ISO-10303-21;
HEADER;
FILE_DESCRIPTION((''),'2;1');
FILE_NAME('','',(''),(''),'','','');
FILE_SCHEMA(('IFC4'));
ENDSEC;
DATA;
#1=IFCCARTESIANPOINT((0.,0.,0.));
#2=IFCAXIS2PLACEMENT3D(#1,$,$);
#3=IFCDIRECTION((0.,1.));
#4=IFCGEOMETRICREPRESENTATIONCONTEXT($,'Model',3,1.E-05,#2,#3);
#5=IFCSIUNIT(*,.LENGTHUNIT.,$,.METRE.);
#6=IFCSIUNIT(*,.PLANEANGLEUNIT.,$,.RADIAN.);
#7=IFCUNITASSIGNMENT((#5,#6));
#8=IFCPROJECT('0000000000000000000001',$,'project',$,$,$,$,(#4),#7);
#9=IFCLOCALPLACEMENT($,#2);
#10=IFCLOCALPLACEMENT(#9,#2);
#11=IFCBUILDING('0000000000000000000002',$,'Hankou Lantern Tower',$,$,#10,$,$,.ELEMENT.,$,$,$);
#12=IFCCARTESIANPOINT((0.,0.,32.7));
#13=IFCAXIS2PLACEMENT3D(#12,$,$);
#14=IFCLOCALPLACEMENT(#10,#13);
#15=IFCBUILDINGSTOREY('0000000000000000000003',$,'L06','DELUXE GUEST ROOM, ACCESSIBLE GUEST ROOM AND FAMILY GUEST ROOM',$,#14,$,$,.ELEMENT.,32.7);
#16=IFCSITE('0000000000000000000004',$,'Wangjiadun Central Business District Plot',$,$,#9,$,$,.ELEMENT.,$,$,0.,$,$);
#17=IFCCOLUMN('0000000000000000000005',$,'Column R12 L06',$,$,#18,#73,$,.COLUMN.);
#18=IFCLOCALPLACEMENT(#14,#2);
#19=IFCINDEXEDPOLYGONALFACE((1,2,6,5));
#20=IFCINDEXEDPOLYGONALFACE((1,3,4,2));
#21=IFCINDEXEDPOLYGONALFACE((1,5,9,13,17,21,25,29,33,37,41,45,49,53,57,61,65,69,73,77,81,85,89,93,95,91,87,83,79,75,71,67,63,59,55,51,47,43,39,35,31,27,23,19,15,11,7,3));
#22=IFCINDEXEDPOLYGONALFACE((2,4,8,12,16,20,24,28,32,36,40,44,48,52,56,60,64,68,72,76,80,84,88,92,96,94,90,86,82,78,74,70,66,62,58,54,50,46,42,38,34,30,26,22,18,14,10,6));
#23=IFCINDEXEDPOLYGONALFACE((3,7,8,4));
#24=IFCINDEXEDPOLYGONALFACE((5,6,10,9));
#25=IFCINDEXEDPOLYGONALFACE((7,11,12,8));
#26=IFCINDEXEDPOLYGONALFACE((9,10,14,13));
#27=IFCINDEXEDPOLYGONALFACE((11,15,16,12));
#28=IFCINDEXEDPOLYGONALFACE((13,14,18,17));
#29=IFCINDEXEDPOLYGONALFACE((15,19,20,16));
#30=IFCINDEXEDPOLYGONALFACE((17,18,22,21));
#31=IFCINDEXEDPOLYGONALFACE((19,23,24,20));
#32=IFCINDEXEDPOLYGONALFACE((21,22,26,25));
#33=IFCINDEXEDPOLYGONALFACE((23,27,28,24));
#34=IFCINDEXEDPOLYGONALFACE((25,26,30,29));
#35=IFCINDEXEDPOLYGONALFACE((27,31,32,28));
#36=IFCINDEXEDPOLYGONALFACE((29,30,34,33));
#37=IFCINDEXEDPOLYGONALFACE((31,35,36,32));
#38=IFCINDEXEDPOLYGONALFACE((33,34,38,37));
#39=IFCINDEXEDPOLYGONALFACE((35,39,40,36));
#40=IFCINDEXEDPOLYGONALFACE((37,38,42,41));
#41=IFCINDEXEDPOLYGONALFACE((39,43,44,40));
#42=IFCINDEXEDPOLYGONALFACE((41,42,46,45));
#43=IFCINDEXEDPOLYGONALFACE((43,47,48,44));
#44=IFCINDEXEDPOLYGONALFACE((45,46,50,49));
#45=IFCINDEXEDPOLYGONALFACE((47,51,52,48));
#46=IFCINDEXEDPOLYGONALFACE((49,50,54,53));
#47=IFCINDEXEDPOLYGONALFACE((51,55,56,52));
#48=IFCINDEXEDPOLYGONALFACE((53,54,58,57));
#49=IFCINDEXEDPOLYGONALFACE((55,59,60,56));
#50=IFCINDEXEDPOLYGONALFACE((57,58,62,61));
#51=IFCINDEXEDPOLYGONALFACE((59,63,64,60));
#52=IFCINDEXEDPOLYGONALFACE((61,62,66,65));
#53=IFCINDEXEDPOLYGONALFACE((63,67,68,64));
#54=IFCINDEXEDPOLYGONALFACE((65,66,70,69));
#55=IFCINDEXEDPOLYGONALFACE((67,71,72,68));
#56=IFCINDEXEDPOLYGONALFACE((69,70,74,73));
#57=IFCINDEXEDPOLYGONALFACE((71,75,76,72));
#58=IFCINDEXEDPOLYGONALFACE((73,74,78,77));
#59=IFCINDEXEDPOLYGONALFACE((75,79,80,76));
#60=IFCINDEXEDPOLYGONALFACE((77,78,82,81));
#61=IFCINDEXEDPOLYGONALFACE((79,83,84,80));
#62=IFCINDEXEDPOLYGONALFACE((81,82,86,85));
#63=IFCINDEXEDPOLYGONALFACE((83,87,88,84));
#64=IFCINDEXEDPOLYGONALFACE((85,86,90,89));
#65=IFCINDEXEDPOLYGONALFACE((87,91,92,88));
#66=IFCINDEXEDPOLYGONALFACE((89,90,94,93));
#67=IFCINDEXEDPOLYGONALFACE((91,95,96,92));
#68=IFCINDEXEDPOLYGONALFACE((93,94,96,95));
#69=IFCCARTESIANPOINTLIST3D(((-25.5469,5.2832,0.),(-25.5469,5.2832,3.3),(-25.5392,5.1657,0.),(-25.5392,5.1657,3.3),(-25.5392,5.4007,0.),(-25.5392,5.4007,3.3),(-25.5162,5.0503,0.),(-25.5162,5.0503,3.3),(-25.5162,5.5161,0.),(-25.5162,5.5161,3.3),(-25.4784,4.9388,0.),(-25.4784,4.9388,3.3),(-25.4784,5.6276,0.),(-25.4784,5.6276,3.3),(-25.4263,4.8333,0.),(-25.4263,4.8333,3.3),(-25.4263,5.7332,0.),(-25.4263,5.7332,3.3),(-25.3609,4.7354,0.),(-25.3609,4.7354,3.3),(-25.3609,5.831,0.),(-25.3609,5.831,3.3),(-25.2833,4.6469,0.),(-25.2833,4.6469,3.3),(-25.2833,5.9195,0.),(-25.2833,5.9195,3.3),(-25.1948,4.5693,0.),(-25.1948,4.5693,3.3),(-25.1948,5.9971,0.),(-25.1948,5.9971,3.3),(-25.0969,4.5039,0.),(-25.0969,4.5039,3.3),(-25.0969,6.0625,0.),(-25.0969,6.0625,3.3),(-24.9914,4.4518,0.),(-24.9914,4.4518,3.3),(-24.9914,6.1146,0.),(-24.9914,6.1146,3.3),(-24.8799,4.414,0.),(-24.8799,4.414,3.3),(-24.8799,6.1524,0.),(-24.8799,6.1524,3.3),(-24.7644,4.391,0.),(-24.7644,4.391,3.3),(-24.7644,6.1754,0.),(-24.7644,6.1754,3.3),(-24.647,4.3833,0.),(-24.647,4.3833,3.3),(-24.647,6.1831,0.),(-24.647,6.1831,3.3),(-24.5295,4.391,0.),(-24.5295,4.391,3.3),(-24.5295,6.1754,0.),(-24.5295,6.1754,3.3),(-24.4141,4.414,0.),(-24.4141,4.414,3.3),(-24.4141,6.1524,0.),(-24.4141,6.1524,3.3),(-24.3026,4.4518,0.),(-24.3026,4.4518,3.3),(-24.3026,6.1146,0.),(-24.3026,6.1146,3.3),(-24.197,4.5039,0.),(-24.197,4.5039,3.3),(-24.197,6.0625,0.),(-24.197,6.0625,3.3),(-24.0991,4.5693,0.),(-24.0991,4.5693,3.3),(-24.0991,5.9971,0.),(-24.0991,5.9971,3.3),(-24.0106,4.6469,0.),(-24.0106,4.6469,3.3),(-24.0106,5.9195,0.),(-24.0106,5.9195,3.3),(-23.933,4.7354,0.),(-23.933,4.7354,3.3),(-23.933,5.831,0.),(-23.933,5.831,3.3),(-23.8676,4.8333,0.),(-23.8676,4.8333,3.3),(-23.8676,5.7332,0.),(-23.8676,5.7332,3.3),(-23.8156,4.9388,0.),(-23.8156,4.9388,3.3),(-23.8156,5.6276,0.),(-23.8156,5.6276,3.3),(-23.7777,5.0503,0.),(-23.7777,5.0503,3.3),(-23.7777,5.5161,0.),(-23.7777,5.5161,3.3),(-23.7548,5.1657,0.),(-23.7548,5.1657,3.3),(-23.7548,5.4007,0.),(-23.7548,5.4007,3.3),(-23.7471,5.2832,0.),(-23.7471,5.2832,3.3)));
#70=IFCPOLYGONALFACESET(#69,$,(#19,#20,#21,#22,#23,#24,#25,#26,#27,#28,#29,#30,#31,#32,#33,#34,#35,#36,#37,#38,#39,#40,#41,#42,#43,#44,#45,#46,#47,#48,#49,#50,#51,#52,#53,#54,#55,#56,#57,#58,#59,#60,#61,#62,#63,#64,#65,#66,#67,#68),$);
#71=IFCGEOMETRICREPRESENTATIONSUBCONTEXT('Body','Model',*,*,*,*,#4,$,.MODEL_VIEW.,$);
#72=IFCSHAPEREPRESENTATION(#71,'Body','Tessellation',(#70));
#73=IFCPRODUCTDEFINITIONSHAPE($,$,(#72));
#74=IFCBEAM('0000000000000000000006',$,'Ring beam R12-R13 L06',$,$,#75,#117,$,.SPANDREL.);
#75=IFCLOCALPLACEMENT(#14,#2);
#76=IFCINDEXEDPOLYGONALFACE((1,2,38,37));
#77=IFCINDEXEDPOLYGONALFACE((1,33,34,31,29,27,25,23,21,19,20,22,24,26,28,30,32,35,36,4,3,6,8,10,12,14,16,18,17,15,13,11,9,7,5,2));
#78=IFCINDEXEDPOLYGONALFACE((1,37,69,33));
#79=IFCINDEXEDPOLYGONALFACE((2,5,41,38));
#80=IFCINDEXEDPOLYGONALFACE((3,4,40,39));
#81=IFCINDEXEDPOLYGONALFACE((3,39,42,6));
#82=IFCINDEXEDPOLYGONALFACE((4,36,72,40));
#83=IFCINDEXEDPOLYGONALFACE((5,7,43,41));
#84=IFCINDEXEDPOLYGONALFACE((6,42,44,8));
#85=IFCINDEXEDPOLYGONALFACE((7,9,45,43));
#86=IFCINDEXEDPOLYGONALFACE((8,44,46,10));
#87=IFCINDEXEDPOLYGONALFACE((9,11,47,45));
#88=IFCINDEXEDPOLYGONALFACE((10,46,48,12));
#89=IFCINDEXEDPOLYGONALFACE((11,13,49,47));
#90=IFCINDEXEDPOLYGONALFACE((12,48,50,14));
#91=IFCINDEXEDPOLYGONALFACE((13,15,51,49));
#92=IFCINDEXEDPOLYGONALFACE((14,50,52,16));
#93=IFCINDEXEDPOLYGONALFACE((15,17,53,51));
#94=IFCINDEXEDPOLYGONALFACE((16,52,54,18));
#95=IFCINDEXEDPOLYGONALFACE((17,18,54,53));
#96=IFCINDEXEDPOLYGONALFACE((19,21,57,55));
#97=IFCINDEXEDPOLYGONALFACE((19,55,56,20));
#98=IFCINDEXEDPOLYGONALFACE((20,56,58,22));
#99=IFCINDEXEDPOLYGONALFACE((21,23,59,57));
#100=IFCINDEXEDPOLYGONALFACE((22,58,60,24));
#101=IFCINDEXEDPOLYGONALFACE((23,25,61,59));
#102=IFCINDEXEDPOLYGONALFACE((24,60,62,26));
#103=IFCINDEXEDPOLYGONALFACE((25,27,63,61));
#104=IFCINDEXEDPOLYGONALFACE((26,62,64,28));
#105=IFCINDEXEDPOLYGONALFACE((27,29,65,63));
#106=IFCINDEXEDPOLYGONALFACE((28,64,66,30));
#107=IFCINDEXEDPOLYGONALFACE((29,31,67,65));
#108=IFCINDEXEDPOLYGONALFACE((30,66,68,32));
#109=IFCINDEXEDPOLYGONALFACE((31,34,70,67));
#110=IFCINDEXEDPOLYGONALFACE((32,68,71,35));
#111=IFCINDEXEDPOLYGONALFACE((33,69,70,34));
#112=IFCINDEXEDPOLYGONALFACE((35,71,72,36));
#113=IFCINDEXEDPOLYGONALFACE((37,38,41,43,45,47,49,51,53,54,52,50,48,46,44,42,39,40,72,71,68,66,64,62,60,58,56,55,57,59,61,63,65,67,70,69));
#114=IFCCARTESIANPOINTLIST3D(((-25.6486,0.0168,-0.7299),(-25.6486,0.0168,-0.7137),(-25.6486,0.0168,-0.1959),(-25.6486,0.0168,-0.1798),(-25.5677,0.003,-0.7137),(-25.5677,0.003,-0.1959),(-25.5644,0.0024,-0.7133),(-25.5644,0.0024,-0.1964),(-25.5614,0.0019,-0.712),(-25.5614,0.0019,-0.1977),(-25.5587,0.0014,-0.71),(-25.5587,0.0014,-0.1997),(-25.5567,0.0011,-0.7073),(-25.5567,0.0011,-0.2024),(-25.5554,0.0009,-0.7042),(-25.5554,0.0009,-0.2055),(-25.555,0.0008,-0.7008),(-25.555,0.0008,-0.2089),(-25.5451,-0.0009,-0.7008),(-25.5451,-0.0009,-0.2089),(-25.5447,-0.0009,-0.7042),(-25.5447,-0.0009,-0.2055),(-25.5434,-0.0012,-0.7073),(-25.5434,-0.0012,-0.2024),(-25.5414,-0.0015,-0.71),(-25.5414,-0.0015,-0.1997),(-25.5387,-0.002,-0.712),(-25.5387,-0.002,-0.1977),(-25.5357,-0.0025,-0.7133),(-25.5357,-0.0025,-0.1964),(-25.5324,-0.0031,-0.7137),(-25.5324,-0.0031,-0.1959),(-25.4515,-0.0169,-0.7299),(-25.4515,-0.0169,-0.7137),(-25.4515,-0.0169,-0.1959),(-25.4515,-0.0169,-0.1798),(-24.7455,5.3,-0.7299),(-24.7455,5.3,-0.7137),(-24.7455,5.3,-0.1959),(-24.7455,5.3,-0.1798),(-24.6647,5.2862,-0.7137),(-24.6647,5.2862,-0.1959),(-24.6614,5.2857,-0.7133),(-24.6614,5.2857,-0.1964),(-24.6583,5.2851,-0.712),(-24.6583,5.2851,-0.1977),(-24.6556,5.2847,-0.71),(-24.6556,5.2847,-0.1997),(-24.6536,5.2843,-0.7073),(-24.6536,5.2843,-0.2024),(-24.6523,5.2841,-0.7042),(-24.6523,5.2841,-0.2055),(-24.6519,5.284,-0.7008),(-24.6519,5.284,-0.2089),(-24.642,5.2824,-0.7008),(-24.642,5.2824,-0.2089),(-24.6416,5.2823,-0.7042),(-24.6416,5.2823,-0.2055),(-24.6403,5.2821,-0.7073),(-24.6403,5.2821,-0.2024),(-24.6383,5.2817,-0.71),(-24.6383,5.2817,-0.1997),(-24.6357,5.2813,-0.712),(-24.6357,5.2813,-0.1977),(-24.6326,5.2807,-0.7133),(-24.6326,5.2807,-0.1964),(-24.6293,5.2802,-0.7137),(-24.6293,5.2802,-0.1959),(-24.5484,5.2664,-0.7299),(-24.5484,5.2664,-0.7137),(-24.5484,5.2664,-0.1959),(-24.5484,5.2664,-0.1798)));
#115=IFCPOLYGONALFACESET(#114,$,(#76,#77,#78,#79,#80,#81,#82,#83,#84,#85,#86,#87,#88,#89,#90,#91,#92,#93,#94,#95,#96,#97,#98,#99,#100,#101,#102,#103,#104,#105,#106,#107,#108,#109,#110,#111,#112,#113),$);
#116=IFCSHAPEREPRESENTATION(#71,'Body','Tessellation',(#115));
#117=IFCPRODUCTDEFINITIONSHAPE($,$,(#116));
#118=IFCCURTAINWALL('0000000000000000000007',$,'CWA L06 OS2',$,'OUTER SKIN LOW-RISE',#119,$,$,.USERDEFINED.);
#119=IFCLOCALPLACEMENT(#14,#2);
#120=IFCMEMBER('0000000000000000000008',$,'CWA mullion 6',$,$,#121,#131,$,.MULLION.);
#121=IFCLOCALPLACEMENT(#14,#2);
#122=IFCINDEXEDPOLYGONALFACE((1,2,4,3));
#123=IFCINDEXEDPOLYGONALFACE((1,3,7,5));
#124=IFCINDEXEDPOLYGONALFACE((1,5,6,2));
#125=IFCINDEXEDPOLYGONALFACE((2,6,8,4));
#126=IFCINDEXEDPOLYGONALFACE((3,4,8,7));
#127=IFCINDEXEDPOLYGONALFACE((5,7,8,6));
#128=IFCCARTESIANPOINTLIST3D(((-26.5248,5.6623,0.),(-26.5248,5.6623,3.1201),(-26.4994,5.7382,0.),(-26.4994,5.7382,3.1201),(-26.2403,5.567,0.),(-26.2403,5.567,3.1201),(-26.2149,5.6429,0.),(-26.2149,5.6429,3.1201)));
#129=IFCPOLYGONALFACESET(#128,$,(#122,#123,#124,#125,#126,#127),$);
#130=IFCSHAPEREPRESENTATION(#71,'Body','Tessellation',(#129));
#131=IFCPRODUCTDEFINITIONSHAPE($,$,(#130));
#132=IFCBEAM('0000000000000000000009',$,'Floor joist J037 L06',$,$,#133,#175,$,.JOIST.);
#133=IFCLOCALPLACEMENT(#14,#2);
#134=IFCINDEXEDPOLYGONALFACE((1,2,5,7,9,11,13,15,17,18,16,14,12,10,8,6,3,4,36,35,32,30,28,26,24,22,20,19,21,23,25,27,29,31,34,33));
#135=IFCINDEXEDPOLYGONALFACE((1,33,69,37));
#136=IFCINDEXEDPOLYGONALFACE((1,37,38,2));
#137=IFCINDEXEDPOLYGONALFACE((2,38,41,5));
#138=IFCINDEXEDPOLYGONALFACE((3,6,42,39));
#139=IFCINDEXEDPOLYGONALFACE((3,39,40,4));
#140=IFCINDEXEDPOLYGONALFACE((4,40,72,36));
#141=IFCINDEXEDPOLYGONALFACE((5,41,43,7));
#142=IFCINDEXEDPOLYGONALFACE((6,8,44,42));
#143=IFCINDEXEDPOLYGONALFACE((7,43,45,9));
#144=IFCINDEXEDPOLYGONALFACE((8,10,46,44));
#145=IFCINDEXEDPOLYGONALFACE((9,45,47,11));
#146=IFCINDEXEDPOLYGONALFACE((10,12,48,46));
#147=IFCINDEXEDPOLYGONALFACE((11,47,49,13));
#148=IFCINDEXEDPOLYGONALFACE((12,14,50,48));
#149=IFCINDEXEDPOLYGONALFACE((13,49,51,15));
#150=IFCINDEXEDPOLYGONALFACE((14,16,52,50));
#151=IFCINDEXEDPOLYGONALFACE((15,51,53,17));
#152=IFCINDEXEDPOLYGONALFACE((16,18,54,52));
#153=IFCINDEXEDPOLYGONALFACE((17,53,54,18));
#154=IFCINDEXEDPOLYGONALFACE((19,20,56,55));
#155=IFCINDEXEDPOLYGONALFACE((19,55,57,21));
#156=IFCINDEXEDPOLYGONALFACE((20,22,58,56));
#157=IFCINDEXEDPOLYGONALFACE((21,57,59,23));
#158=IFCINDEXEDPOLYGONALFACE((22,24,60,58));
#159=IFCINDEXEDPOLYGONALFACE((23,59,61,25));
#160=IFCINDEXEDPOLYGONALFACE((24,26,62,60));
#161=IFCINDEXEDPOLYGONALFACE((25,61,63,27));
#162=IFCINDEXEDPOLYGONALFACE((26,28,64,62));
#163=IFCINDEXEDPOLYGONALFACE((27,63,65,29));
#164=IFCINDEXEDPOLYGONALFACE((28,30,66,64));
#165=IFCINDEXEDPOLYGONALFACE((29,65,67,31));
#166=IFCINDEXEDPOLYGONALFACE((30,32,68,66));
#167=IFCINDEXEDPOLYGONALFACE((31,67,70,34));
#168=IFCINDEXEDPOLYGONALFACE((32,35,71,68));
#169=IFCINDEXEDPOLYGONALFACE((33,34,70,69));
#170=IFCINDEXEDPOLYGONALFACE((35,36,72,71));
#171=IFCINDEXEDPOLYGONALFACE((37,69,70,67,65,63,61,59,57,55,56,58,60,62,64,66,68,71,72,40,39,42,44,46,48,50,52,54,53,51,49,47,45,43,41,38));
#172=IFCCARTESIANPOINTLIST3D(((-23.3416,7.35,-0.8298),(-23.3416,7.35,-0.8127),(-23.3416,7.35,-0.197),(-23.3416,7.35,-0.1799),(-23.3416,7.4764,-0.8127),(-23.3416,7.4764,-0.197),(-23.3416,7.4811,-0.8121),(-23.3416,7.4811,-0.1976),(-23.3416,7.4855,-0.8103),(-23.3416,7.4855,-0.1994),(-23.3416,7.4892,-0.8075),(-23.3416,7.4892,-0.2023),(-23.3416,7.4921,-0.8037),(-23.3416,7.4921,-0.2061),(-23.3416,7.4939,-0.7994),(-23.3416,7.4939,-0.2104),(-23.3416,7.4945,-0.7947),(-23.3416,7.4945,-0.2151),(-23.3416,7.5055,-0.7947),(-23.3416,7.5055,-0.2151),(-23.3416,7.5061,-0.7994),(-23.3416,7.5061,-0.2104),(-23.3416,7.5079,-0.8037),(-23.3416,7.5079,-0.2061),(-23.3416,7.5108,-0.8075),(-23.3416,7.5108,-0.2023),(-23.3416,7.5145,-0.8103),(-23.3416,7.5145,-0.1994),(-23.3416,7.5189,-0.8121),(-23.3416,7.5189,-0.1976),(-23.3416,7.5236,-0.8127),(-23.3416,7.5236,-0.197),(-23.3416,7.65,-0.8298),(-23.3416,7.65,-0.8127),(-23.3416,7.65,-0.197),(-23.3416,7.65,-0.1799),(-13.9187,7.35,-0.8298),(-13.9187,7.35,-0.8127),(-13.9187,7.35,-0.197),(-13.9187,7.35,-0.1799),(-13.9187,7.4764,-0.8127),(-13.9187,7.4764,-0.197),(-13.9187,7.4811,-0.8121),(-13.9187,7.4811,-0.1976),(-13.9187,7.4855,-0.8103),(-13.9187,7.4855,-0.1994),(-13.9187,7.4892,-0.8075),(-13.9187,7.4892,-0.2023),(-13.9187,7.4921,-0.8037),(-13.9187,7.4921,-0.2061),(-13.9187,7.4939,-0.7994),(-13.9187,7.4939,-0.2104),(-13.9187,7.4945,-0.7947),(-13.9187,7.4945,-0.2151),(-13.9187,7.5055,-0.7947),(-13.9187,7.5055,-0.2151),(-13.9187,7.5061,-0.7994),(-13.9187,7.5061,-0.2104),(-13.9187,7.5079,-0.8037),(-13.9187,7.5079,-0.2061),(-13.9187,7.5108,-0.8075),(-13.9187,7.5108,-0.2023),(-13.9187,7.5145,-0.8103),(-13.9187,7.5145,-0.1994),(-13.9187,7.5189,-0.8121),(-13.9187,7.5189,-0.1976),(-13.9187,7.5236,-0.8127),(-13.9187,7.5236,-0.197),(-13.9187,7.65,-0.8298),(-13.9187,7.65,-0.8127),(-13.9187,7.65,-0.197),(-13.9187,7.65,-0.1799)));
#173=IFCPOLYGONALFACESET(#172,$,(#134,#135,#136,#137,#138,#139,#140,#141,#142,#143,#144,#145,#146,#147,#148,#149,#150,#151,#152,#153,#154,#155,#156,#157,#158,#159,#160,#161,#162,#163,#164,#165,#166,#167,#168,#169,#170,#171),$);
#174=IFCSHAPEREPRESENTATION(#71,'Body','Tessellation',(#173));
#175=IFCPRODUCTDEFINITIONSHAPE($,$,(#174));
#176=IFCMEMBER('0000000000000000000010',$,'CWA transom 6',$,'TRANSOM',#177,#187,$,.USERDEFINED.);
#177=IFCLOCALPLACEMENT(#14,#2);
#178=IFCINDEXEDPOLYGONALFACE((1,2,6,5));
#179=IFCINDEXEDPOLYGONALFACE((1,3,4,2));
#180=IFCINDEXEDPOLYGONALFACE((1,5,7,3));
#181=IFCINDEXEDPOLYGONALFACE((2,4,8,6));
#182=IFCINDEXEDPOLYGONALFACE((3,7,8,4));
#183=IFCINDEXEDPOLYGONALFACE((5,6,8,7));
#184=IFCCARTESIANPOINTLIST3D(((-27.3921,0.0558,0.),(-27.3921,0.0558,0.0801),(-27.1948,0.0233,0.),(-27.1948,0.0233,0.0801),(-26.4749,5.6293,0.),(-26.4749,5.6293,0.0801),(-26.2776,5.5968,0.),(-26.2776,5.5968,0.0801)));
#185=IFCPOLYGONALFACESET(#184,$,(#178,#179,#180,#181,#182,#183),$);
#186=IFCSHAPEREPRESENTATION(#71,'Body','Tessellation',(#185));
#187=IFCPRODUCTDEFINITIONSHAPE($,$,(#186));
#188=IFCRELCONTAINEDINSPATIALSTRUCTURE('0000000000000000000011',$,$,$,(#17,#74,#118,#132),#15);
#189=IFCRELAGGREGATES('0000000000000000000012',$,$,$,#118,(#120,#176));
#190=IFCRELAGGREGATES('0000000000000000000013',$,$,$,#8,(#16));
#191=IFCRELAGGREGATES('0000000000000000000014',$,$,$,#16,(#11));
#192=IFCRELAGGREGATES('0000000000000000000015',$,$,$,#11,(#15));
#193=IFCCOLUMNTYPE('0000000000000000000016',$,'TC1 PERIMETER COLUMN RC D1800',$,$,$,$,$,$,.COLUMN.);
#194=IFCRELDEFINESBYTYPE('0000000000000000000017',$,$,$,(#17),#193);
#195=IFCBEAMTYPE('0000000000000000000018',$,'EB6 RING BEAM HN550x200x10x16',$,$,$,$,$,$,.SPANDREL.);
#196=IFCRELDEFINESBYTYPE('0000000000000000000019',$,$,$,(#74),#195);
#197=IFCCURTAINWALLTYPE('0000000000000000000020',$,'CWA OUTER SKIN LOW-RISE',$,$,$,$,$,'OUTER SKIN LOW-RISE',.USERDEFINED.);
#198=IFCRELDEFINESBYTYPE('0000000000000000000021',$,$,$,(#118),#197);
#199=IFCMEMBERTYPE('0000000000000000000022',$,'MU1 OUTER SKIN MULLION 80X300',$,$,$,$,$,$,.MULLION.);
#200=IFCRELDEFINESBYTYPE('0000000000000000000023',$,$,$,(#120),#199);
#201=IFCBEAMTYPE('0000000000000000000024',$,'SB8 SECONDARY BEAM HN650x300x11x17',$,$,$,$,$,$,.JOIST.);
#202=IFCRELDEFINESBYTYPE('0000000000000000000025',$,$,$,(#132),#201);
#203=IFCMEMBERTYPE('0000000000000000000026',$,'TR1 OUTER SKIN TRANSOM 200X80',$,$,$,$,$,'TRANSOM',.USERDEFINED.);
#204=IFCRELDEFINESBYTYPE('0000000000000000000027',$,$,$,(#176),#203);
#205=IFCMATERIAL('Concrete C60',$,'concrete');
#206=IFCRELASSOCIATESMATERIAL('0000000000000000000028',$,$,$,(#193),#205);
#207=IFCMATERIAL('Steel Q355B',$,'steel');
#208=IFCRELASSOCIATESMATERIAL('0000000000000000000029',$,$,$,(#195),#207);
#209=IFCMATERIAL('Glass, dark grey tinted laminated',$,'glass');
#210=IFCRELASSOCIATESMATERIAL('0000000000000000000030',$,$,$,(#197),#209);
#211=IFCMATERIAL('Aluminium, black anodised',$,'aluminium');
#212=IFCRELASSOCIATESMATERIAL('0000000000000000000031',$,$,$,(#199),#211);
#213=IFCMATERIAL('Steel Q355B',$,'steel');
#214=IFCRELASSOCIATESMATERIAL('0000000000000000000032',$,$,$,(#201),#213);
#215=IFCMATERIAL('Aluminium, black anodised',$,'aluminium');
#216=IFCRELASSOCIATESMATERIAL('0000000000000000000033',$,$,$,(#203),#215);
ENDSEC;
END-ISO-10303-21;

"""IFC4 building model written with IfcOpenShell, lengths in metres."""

from ifc_helpers import new_model, si_unit, direction, frame, origin, origin_2d, place, context, subcontext, project, spatial, rectangle, circle, i_section, extrude, material, material_profile, profile_set, type_object, element, aggregate, save


model = new_model("IFC4")

# Units and contexts
model_context = context("Model", 3, precision=1e-05, world=origin(), true_north=direction((0.0, 1.0)))
body_context = subcontext(model_context, "Body", "Model", "MODEL_VIEW")
ifc_project = project(units=[si_unit("LENGTHUNIT", "METRE"), si_unit("PLANEANGLEUNIT", "RADIAN")], contexts=[model_context])

# Site, building, storey
site_placement = place(None, origin())
site = spatial("IfcSite", under=ifc_project, at=site_placement, Name="Wangjiadun Central Business District Plot", CompositionType="ELEMENT", RefElevation=0.0)
building_placement = place(site_placement, origin())
building = spatial("IfcBuilding", under=site, at=building_placement, Name="Hankou Lantern Tower", CompositionType="ELEMENT")
storey_placement = place(building_placement, frame((0.0, 0.0, 32.7)))
storey = spatial("IfcBuildingStorey", under=building, at=storey_placement, Name="L06", Description="DELUXE GUEST ROOM, ACCESSIBLE GUEST ROOM AND FAMILY GUEST ROOM", CompositionType="ELEMENT", Elevation=32.7)

# Column
ifc_material_1 = material(Name="Concrete C60", Category="concrete")
ifc_material_profile_1 = material_profile(ifc_material_1, circle(Radius=0.8999, at=origin_2d()), Name="RC D1800")
ifc_profile_set_1 = profile_set([ifc_material_profile_1], Name="Concrete C60")
column_type = type_object("IfcColumnType", Name="TC1 PERIMETER COLUMN RC D1800", PredefinedType="COLUMN", material=ifc_profile_set_1)
column_placement = place(storey_placement, frame((-24.647, 5.2832, 0.0), z_axis=(0.0, 0.0, 1.0), x_axis=(1.0, 0.0, 0.0)))
element("IfcColumn", 1, at=column_placement, inside=storey, type_object=column_type, Name="Column R12 L06", PredefinedType="COLUMN", context=body_context, shape_type="SweptSolid", body=[
    extrude(circle(Radius=0.8999, at=origin_2d()), origin(), (0.0, 0.0, 1.0), 3.3),
])

# Beam
ifc_material_2 = material(Name="Steel Q355B", Category="steel")
ifc_material_profile_2 = material_profile(ifc_material_2, i_section(OverallWidth=0.2, OverallDepth=0.55, WebThickness=0.01, FlangeThickness=0.0161, FilletRadius=0.0129, at=origin_2d()), Name="HN550x200x10x16")
ifc_profile_set_2 = profile_set([ifc_material_profile_2], Name="Steel Q355B")
beam_type_1 = type_object("IfcBeamType", Name="EB6 RING BEAM HN550x200x10x16", PredefinedType="SPANDREL", material=ifc_profile_set_2)
beam_1_placement = place(storey_placement, frame((-24.647, 5.2832, -0.4548), z_axis=(-0.16849, -0.985703, 0.0), x_axis=(0.985703, -0.16849, 0.0)))
element("IfcBeam", 2, at=beam_1_placement, inside=storey, type_object=beam_type_1, Name="Ring beam R12-R13 L06", PredefinedType="SPANDREL", context=body_context, shape_type="SweptSolid", body=[
    extrude(i_section(OverallWidth=0.2, OverallDepth=0.55, WebThickness=0.01, FlangeThickness=0.0161, FilletRadius=0.0129, at=origin_2d()), origin(), (0.0, 0.0, 1.0), 5.3599),
])

# Curtain wall, member
ifc_material_3 = material(Name="Glass, dark grey tinted laminated", Category="glass")
curtain_wall_type = type_object("IfcCurtainWallType", Name="CWA OUTER SKIN LOW-RISE", ElementType="OUTER SKIN LOW-RISE", PredefinedType="USERDEFINED", material=ifc_material_3)
curtain_wall_placement = place(storey_placement, origin())
curtain_wall = element("IfcCurtainWall", 3, at=curtain_wall_placement, inside=storey, type_object=curtain_wall_type, Name="CWA L06 OS2", ObjectType="OUTER SKIN LOW-RISE", PredefinedType="USERDEFINED")
ifc_material_4 = material(Name="Aluminium, black anodised", Category="aluminium")
ifc_material_profile_3 = material_profile(ifc_material_4, rectangle(XDim=0.0801, YDim=0.3, at=origin_2d()), Name="MU1 80X300")
ifc_profile_set_3 = profile_set([ifc_material_profile_3], Name="Aluminium, black anodised")
member_type_1 = type_object("IfcMemberType", Name="MU1 OUTER SKIN MULLION 80X300", PredefinedType="MULLION", material=ifc_profile_set_3)
member_1_placement = place(storey_placement, frame((-26.3699, 5.6526, 0.0), z_axis=(0.0, 0.0, 1.0), x_axis=(-0.317596, -0.948226, 0.0)))
member_1 = element("IfcMember", 4, at=member_1_placement, type_object=member_type_1, Name="CWA mullion 6", PredefinedType="MULLION", context=body_context, shape_type="SweptSolid", body=[
    extrude(rectangle(XDim=0.0801, YDim=0.3, at=origin_2d()), origin(), (0.0, 0.0, 1.0), 3.1201),
])

# Beam
ifc_material_5 = material(Name="Steel Q355B", Category="steel")
ifc_material_profile_4 = material_profile(ifc_material_5, i_section(OverallWidth=0.3, OverallDepth=0.6499, WebThickness=0.011, FlangeThickness=0.0171, FilletRadius=0.0181, at=origin_2d()), Name="HN650x300x11x17")
ifc_profile_set_4 = profile_set([ifc_material_profile_4], Name="Steel Q355B")
beam_type_2 = type_object("IfcBeamType", Name="SB8 SECONDARY BEAM HN650x300x11x17", PredefinedType="JOIST", material=ifc_profile_set_4)
beam_2_placement = place(storey_placement, frame((-23.3416, 7.5, -0.5049), z_axis=(1.0, 0.0, 0.0), x_axis=(0.0, 1.0, 0.0)))
element("IfcBeam", 5, at=beam_2_placement, inside=storey, type_object=beam_type_2, Name="Floor joist J037 L06", PredefinedType="JOIST", context=body_context, shape_type="SweptSolid", body=[
    extrude(i_section(OverallWidth=0.3, OverallDepth=0.6499, WebThickness=0.011, FlangeThickness=0.0171, FilletRadius=0.0181, at=origin_2d()), origin(), (0.0, 0.0, 1.0), 9.4229),
])

# Member
ifc_material_6 = material(Name="Aluminium, black anodised", Category="aluminium")
ifc_material_profile_5 = material_profile(ifc_material_6, rectangle(XDim=0.2, YDim=0.0801, at=origin_2d()), Name="TR1 200X80")
ifc_profile_set_5 = profile_set([ifc_material_profile_5], Name="Aluminium, black anodised")
member_type_2 = type_object("IfcMemberType", Name="TR1 OUTER SKIN TRANSOM 200X80", ElementType="TRANSOM", PredefinedType="USERDEFINED", material=ifc_profile_set_5)
member_2_placement = place(storey_placement, frame((-26.3762, 5.613, 0.04), z_axis=(-0.162387, -0.986727, 0.0), x_axis=(0.986727, -0.162387, 0.0)))
member_2 = element("IfcMember", 6, at=member_2_placement, type_object=member_type_2, Name="CWA transom 6", ObjectType="TRANSOM", PredefinedType="USERDEFINED", context=body_context, shape_type="SweptSolid", body=[
    extrude(rectangle(XDim=0.2, YDim=0.0801, at=origin_2d()), origin(), (0.0, 0.0, 1.0), 5.6484),
])

aggregate(curtain_wall, [member_1, member_2])

save(model, "model.ifc")
